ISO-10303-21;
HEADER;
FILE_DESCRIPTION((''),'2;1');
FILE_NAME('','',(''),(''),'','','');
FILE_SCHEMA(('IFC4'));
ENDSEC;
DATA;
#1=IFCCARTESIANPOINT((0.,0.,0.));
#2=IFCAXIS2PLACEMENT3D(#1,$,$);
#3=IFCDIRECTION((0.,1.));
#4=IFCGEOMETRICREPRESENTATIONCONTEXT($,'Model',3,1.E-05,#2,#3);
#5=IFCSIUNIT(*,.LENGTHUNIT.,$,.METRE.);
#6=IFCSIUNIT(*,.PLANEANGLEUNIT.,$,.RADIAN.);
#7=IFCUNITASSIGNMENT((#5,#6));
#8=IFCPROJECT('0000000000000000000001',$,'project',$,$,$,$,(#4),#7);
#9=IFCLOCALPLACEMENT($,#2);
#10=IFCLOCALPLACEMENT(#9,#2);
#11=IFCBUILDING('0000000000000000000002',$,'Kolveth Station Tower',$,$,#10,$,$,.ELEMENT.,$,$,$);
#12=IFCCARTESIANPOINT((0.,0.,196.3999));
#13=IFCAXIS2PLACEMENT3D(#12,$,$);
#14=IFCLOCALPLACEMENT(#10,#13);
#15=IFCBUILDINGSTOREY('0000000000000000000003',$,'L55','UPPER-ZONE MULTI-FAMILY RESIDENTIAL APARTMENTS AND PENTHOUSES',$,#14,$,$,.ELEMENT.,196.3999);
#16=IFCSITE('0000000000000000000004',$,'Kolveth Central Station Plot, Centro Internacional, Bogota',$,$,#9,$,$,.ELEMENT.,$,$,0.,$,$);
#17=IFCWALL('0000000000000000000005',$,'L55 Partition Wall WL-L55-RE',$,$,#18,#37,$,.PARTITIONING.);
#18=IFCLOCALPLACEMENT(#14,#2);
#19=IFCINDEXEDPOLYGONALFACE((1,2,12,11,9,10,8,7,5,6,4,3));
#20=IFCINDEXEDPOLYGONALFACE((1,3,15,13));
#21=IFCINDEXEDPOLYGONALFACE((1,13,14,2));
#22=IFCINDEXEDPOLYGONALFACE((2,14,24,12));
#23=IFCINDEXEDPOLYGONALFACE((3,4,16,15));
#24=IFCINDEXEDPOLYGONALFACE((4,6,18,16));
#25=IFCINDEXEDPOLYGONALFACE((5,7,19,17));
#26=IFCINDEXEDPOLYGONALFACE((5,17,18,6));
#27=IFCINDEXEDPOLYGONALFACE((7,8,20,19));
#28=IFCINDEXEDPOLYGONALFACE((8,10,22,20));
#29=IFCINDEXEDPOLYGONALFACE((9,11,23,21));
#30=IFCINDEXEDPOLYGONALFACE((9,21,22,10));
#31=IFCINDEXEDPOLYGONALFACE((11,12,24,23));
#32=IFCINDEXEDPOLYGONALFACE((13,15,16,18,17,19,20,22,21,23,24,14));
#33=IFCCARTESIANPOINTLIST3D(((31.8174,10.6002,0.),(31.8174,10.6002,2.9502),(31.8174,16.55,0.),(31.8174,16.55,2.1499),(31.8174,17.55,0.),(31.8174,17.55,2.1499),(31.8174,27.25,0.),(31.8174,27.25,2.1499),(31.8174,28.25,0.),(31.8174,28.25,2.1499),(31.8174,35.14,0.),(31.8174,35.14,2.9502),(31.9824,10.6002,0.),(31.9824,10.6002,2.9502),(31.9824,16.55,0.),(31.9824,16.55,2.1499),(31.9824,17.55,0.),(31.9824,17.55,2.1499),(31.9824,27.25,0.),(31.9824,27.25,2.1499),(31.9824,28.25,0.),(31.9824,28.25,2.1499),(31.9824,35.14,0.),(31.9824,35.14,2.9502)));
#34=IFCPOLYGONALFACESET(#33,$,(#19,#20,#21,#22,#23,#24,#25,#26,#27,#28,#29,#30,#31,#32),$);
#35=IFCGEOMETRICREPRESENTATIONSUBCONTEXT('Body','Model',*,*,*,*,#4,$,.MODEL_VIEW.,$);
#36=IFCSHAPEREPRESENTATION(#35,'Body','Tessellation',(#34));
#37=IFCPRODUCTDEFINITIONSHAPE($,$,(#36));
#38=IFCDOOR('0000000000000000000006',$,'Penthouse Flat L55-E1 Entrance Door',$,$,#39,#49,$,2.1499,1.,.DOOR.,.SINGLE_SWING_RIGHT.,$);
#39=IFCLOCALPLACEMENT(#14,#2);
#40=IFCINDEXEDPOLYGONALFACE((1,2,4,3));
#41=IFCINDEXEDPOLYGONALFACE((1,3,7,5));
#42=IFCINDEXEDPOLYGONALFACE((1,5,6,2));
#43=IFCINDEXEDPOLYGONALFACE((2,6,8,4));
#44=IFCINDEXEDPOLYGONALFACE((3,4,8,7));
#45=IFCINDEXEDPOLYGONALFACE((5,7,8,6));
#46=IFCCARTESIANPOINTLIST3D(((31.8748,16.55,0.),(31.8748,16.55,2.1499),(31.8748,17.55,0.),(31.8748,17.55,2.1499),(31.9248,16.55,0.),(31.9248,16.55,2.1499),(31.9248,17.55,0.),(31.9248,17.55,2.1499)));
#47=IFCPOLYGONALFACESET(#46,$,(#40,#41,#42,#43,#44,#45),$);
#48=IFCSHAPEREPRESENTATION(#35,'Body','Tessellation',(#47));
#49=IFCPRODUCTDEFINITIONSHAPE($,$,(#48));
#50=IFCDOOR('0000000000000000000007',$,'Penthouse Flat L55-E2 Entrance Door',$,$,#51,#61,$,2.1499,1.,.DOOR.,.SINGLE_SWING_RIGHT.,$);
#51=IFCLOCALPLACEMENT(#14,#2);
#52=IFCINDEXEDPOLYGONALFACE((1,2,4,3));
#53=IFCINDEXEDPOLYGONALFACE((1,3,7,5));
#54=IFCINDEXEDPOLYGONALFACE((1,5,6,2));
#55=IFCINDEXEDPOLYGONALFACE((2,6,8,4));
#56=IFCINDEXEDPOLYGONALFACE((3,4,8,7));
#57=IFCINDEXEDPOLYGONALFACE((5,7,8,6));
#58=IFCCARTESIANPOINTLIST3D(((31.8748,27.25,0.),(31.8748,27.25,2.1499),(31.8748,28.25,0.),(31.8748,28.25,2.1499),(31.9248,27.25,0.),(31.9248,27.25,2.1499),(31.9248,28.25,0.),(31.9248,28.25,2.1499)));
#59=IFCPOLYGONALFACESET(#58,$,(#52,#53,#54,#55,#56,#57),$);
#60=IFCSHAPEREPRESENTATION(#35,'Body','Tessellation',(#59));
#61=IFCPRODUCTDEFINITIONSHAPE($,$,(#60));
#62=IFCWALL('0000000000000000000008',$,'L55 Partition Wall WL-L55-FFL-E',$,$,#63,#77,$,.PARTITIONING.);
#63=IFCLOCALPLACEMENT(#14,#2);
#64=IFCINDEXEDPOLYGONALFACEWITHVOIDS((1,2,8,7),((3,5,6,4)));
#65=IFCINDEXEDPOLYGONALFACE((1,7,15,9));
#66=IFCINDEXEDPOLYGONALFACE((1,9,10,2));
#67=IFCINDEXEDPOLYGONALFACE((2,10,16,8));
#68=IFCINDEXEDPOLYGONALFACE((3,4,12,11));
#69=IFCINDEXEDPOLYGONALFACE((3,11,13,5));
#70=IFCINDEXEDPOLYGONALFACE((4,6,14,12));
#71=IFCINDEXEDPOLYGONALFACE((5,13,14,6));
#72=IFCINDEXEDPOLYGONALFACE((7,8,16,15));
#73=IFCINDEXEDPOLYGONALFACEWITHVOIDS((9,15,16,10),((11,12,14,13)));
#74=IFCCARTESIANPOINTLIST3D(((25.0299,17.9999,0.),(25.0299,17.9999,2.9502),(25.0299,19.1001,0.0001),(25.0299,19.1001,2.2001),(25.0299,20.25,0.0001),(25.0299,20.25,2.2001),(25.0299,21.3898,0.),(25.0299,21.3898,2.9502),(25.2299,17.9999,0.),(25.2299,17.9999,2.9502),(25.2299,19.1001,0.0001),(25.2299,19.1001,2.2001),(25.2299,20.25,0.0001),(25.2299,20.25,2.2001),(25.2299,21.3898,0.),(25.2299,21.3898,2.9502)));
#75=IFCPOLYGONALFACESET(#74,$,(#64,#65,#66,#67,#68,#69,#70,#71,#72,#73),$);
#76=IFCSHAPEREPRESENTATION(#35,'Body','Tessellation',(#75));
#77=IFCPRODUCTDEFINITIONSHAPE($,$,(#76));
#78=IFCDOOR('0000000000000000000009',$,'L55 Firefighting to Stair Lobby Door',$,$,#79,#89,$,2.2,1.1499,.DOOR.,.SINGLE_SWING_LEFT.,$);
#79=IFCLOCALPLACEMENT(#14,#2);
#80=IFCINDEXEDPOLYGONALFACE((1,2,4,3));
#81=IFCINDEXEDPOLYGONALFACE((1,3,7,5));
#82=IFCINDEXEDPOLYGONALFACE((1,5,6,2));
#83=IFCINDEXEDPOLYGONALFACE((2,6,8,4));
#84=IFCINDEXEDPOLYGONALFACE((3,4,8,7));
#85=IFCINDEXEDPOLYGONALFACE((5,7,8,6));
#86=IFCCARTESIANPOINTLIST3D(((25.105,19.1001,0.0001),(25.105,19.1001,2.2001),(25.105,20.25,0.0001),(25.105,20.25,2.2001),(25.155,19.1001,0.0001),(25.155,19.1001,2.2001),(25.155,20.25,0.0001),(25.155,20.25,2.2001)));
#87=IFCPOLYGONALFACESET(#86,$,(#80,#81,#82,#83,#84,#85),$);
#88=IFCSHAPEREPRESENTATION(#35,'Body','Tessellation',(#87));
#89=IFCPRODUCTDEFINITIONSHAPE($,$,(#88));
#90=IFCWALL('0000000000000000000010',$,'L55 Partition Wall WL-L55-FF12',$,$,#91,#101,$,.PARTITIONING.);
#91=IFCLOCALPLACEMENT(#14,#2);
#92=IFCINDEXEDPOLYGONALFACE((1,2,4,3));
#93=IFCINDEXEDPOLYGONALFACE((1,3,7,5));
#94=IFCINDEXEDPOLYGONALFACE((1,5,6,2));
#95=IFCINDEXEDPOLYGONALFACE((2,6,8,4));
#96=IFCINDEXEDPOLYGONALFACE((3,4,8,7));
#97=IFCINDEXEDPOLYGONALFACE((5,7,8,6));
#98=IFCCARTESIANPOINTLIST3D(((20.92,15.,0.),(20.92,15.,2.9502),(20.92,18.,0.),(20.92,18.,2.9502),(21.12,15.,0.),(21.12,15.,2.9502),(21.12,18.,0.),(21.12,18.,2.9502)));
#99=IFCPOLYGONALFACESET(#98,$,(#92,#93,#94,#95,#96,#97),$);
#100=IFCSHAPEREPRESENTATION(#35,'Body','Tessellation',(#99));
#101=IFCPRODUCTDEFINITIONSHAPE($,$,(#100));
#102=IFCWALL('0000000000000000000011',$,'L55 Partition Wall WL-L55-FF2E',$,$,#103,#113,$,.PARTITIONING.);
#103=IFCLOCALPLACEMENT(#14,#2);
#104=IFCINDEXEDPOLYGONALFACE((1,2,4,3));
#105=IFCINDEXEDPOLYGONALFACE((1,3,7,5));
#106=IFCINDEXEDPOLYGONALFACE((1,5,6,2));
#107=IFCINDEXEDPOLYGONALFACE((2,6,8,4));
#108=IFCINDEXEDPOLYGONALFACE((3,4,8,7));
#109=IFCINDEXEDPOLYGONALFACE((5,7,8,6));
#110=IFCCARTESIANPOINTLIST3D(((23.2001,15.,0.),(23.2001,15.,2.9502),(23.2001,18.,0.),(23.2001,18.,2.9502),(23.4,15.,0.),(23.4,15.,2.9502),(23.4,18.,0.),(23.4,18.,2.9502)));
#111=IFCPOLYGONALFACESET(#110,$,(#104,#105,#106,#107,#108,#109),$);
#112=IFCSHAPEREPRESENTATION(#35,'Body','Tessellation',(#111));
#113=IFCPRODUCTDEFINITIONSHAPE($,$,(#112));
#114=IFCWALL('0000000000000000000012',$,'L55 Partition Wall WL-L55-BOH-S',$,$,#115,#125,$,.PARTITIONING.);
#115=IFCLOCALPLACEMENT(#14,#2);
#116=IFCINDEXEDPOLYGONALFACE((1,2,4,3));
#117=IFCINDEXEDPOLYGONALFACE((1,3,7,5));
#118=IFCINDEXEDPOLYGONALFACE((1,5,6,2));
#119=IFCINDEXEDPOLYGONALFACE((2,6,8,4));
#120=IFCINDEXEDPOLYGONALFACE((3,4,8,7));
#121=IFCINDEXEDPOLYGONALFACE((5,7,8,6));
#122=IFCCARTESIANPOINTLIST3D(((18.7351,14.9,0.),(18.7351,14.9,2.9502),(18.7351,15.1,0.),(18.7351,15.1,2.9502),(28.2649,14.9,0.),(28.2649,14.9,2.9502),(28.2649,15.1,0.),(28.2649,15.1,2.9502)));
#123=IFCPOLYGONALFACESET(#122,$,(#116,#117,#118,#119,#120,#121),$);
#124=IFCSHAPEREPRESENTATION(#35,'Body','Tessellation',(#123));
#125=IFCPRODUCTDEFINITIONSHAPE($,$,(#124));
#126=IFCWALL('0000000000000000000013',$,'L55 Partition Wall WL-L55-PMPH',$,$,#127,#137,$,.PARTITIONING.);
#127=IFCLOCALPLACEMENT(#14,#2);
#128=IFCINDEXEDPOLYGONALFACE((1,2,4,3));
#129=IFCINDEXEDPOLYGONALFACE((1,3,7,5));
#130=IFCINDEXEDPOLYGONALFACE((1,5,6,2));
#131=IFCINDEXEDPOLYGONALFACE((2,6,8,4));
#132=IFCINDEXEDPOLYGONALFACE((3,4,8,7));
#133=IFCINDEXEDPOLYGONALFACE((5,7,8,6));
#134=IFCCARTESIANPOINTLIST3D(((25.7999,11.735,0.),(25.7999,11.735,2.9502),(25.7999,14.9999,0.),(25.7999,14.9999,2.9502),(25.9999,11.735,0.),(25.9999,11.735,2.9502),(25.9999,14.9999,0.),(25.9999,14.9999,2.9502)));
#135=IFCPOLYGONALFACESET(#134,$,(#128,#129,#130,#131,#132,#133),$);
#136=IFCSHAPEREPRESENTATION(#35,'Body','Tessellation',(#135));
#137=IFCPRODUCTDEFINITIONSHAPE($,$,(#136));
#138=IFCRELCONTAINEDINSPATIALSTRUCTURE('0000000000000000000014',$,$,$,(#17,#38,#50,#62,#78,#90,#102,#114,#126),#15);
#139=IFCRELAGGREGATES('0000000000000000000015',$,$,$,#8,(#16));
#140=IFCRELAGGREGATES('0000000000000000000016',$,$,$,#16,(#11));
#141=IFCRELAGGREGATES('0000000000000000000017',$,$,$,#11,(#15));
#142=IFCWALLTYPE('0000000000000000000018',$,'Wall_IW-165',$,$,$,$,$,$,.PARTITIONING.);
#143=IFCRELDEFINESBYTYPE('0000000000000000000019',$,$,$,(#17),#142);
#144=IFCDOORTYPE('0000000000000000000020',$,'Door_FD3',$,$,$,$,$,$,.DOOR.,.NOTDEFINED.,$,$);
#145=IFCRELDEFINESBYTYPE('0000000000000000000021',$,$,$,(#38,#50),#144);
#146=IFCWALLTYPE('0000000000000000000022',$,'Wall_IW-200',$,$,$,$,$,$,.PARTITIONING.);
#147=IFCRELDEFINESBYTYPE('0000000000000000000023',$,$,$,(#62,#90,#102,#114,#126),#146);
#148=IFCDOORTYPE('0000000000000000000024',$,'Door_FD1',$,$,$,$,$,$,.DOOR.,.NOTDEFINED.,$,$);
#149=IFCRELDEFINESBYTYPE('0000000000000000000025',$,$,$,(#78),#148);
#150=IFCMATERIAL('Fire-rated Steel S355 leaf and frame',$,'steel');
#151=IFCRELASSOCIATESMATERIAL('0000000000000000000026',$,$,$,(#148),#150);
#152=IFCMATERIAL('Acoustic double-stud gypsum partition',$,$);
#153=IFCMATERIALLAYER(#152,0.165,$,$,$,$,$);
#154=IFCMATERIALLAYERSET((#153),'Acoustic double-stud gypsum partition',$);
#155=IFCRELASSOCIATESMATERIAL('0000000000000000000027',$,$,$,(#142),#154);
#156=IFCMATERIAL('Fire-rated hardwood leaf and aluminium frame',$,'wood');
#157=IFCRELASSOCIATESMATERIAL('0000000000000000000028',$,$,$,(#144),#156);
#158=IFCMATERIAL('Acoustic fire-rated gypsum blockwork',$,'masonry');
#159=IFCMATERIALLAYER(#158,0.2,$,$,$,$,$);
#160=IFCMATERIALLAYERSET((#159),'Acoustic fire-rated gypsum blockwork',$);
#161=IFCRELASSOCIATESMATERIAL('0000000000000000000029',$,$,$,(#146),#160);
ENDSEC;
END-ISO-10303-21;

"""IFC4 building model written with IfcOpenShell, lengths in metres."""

from ifc_helpers import new_model, si_unit, direction, frame, frame_2d, origin, place, context, subcontext, project, spatial, rectangle, extrude, material, layer, layer_set, type_object, element, fill, save


model = new_model("IFC4")

# Units and contexts
model_context = context("Model", 3, precision=1e-05, world=origin(), true_north=direction((0.0, 1.0)))
body_context = subcontext(model_context, "Body", "Model", "MODEL_VIEW")
ifc_project = project(units=[si_unit("LENGTHUNIT", "METRE"), si_unit("PLANEANGLEUNIT", "RADIAN")], contexts=[model_context])

# Site, building, storey
site_placement = place(None, origin())
site = spatial("IfcSite", under=ifc_project, at=site_placement, Name="Kolveth Central Station Plot, Centro Internacional, Bogota", CompositionType="ELEMENT", RefElevation=0.0)
building_placement = place(site_placement, origin())
building = spatial("IfcBuilding", under=site, at=building_placement, Name="Kolveth Station Tower", CompositionType="ELEMENT")
storey_placement = place(building_placement, frame((0.0, 0.0, 196.3999)))
storey = spatial("IfcBuildingStorey", under=building, at=storey_placement, Name="L55", Description="UPPER-ZONE MULTI-FAMILY RESIDENTIAL APARTMENTS AND PENTHOUSES", CompositionType="ELEMENT", Elevation=196.3999)

# Shared definitions
ifc_material_1 = material(Name="Fire-rated Steel S355 leaf and frame", Category="steel")
door_type_1 = type_object("IfcDoorType", Name="Door_FD1", OperationType="NOTDEFINED", PredefinedType="DOOR", material=ifc_material_1)

# Shared definitions
ifc_material_2 = material(Name="Acoustic double-stud gypsum partition")
ifc_layer_1 = layer(ifc_material_2, 0.165)
ifc_layer_set_1 = layer_set([ifc_layer_1], Name="Acoustic double-stud gypsum partition")
wall_type_1 = type_object("IfcWallType", Name="Wall_IW-165", PredefinedType="PARTITIONING", material=ifc_layer_set_1)

# Wall, openings, doors
wall_1_placement = place(storey_placement, frame((31.8999, 10.6001, 0.0), z_axis=(0.0, 0.0, 1.0), x_axis=(0.0, 1.0, 0.0)))
wall_1 = element("IfcWall", 1, at=wall_1_placement, inside=storey, type_object=wall_type_1, Name="L55 Partition Wall WL-L55-RE", PredefinedType="PARTITIONING", context=body_context, shape_type="SweptSolid", body=[
    extrude(rectangle(XDim=24.5398, YDim=0.165, at=frame_2d((12.27, 0.0))), origin(), (0.0, 0.0, 1.0), 2.9502),
])
opening_1_placement = place(wall_1_placement, frame((5.95, 0.0, 0.0)))
opening_1 = element("IfcOpeningElement", 2, at=opening_1_placement, cuts=wall_1, PredefinedType="OPENING", context=body_context, shape_type="SweptSolid", body=[
    extrude(rectangle(XDim=1.0, YDim=2.1499, at=frame_2d((0.5, 1.075))), frame((0.0, 0.0925, 0.0), z_axis=(0.0, -1.0, 0.0), x_axis=(1.0, 0.0, 0.0)), (0.0, 0.0, 1.0), 0.1851),
])
opening_2_placement = place(wall_1_placement, frame((16.6499, 0.0, 0.0)))
opening_2 = element("IfcOpeningElement", 3, at=opening_2_placement, cuts=wall_1, PredefinedType="OPENING", context=body_context, shape_type="SweptSolid", body=[
    extrude(rectangle(XDim=1.0, YDim=2.1499, at=frame_2d((0.5, 1.075))), frame((0.0, 0.0925, 0.0), z_axis=(0.0, -1.0, 0.0), x_axis=(1.0, 0.0, 0.0)), (0.0, 0.0, 1.0), 0.1851),
])
ifc_material_3 = material(Name="Fire-rated hardwood leaf and aluminium frame", Category="wood")
door_type_2 = type_object("IfcDoorType", Name="Door_FD3", OperationType="NOTDEFINED", PredefinedType="DOOR", material=ifc_material_3)
door_1_placement = place(opening_1_placement, frame((1.0, 0.0, 0.0), z_axis=(0.0, 0.0, 1.0), x_axis=(-1.0, 0.0, 0.0)))
door_1 = element("IfcDoor", 4, at=door_1_placement, inside=storey, type_object=door_type_2, Name="Penthouse Flat L55-E1 Entrance Door", OperationType="SINGLE_SWING_RIGHT", OverallHeight=2.1499, OverallWidth=1.0, PredefinedType="DOOR", context=body_context, shape_type="SweptSolid", body=[
    extrude(rectangle(XDim=1.0, YDim=2.1499, at=frame_2d((0.5, 1.075))), frame((0.0, 0.0249, 0.0), z_axis=(0.0, -1.0, 0.0), x_axis=(1.0, 0.0, 0.0)), (0.0, 0.0, 1.0), 0.05),
])
fill(opening_1, door_1)
door_2_placement = place(opening_2_placement, frame((1.0, 0.0, 0.0), z_axis=(0.0, 0.0, 1.0), x_axis=(-1.0, 0.0, 0.0)))
door_2 = element("IfcDoor", 5, at=door_2_placement, inside=storey, type_object=door_type_2, Name="Penthouse Flat L55-E2 Entrance Door", OperationType="SINGLE_SWING_RIGHT", OverallHeight=2.1499, OverallWidth=1.0, PredefinedType="DOOR", context=body_context, shape_type="SweptSolid", body=[
    extrude(rectangle(XDim=1.0, YDim=2.1499, at=frame_2d((0.5, 1.075))), frame((0.0, 0.0249, 0.0), z_axis=(0.0, -1.0, 0.0), x_axis=(1.0, 0.0, 0.0)), (0.0, 0.0, 1.0), 0.05),
])
fill(opening_2, door_2)

# Wall, opening, door
ifc_material_4 = material(Name="Acoustic fire-rated gypsum blockwork", Category="masonry")
ifc_layer_2 = layer(ifc_material_4, 0.2)
ifc_layer_set_2 = layer_set([ifc_layer_2], Name="Acoustic fire-rated gypsum blockwork")
wall_type_2 = type_object("IfcWallType", Name="Wall_IW-200", PredefinedType="PARTITIONING", material=ifc_layer_set_2)
wall_2_placement = place(storey_placement, frame((25.1299, 18.0, 0.0), z_axis=(0.0, 0.0, 1.0), x_axis=(0.0, 1.0, 0.0)))
wall_2 = element("IfcWall", 6, at=wall_2_placement, inside=storey, type_object=wall_type_2, Name="L55 Partition Wall WL-L55-FFL-E", PredefinedType="PARTITIONING", context=body_context, shape_type="SweptSolid", body=[
    extrude(rectangle(XDim=3.3899, YDim=0.2, at=frame_2d((1.6948, 0.0))), origin(), (0.0, 0.0, 1.0), 2.9502),
])
opening_3_placement = place(wall_2_placement, frame((1.1001, 0.0, 0.0)))
opening_3 = element("IfcOpeningElement", 7, at=opening_3_placement, cuts=wall_2, PredefinedType="OPENING", context=body_context, shape_type="SweptSolid", body=[
    extrude(rectangle(XDim=1.1499, YDim=2.2, at=frame_2d((0.575, 1.1001))), frame((0.0, 0.1099, 0.0), z_axis=(0.0, -1.0, 0.0), x_axis=(1.0, 0.0, 0.0)), (0.0, 0.0, 1.0), 0.22),
])
door_3_placement = place(opening_3_placement, origin())
door_3 = element("IfcDoor", 8, at=door_3_placement, inside=storey, type_object=door_type_1, Name="L55 Firefighting to Stair Lobby Door", OperationType="SINGLE_SWING_LEFT", OverallHeight=2.2, OverallWidth=1.1499, PredefinedType="DOOR", context=body_context, shape_type="SweptSolid", body=[
    extrude(rectangle(XDim=1.1499, YDim=2.2, at=frame_2d((0.575, 1.1001))), frame((0.0, 0.0249, 0.0), z_axis=(0.0, -1.0, 0.0), x_axis=(1.0, 0.0, 0.0)), (0.0, 0.0, 1.0), 0.05),
])
fill(opening_3, door_3)

# Walls
for number, where, z_axis, x_axis, name in (
    (9, (21.02, 15.0, 0.0), (0.0, 0.0, 1.0), (0.0, 1.0, 0.0), "L55 Partition Wall WL-L55-FF12"),
    (10, (23.3, 15.0, 0.0), (0.0, 0.0, 1.0), (0.0, 1.0, 0.0), "L55 Partition Wall WL-L55-FF2E"),
):
    element("IfcWall", number, at=place(storey_placement, frame(where, z_axis=z_axis, x_axis=x_axis)), inside=storey, type_object=wall_type_2, Name=name, PredefinedType="PARTITIONING", context=body_context, shape_type="SweptSolid", body=[
        extrude(rectangle(XDim=3.0, YDim=0.2, at=frame_2d((1.5, 0.0))), origin(), (0.0, 0.0, 1.0), 2.9502),
    ])
wall_3_placement = place(storey_placement, frame((18.7351, 15.0, 0.0), z_axis=(0.0, 0.0, 1.0), x_axis=(1.0, 0.0, 0.0)))
element("IfcWall", 11, at=wall_3_placement, inside=storey, type_object=wall_type_2, Name="L55 Partition Wall WL-L55-BOH-S", PredefinedType="PARTITIONING", context=body_context, shape_type="SweptSolid", body=[
    extrude(rectangle(XDim=9.5298, YDim=0.2, at=frame_2d((4.7649, 0.0))), origin(), (0.0, 0.0, 1.0), 2.9502),
])
wall_4_placement = place(storey_placement, frame((25.8999, 11.7351, 0.0), z_axis=(0.0, 0.0, 1.0), x_axis=(0.0, 1.0, 0.0)))
element("IfcWall", 12, at=wall_4_placement, inside=storey, type_object=wall_type_2, Name="L55 Partition Wall WL-L55-PMPH", PredefinedType="PARTITIONING", context=body_context, shape_type="SweptSolid", body=[
    extrude(rectangle(XDim=3.2649, YDim=0.2, at=frame_2d((1.6323, 0.0))), origin(), (0.0, 0.0, 1.0), 2.9502),
])

save(model, "model.ifc")
